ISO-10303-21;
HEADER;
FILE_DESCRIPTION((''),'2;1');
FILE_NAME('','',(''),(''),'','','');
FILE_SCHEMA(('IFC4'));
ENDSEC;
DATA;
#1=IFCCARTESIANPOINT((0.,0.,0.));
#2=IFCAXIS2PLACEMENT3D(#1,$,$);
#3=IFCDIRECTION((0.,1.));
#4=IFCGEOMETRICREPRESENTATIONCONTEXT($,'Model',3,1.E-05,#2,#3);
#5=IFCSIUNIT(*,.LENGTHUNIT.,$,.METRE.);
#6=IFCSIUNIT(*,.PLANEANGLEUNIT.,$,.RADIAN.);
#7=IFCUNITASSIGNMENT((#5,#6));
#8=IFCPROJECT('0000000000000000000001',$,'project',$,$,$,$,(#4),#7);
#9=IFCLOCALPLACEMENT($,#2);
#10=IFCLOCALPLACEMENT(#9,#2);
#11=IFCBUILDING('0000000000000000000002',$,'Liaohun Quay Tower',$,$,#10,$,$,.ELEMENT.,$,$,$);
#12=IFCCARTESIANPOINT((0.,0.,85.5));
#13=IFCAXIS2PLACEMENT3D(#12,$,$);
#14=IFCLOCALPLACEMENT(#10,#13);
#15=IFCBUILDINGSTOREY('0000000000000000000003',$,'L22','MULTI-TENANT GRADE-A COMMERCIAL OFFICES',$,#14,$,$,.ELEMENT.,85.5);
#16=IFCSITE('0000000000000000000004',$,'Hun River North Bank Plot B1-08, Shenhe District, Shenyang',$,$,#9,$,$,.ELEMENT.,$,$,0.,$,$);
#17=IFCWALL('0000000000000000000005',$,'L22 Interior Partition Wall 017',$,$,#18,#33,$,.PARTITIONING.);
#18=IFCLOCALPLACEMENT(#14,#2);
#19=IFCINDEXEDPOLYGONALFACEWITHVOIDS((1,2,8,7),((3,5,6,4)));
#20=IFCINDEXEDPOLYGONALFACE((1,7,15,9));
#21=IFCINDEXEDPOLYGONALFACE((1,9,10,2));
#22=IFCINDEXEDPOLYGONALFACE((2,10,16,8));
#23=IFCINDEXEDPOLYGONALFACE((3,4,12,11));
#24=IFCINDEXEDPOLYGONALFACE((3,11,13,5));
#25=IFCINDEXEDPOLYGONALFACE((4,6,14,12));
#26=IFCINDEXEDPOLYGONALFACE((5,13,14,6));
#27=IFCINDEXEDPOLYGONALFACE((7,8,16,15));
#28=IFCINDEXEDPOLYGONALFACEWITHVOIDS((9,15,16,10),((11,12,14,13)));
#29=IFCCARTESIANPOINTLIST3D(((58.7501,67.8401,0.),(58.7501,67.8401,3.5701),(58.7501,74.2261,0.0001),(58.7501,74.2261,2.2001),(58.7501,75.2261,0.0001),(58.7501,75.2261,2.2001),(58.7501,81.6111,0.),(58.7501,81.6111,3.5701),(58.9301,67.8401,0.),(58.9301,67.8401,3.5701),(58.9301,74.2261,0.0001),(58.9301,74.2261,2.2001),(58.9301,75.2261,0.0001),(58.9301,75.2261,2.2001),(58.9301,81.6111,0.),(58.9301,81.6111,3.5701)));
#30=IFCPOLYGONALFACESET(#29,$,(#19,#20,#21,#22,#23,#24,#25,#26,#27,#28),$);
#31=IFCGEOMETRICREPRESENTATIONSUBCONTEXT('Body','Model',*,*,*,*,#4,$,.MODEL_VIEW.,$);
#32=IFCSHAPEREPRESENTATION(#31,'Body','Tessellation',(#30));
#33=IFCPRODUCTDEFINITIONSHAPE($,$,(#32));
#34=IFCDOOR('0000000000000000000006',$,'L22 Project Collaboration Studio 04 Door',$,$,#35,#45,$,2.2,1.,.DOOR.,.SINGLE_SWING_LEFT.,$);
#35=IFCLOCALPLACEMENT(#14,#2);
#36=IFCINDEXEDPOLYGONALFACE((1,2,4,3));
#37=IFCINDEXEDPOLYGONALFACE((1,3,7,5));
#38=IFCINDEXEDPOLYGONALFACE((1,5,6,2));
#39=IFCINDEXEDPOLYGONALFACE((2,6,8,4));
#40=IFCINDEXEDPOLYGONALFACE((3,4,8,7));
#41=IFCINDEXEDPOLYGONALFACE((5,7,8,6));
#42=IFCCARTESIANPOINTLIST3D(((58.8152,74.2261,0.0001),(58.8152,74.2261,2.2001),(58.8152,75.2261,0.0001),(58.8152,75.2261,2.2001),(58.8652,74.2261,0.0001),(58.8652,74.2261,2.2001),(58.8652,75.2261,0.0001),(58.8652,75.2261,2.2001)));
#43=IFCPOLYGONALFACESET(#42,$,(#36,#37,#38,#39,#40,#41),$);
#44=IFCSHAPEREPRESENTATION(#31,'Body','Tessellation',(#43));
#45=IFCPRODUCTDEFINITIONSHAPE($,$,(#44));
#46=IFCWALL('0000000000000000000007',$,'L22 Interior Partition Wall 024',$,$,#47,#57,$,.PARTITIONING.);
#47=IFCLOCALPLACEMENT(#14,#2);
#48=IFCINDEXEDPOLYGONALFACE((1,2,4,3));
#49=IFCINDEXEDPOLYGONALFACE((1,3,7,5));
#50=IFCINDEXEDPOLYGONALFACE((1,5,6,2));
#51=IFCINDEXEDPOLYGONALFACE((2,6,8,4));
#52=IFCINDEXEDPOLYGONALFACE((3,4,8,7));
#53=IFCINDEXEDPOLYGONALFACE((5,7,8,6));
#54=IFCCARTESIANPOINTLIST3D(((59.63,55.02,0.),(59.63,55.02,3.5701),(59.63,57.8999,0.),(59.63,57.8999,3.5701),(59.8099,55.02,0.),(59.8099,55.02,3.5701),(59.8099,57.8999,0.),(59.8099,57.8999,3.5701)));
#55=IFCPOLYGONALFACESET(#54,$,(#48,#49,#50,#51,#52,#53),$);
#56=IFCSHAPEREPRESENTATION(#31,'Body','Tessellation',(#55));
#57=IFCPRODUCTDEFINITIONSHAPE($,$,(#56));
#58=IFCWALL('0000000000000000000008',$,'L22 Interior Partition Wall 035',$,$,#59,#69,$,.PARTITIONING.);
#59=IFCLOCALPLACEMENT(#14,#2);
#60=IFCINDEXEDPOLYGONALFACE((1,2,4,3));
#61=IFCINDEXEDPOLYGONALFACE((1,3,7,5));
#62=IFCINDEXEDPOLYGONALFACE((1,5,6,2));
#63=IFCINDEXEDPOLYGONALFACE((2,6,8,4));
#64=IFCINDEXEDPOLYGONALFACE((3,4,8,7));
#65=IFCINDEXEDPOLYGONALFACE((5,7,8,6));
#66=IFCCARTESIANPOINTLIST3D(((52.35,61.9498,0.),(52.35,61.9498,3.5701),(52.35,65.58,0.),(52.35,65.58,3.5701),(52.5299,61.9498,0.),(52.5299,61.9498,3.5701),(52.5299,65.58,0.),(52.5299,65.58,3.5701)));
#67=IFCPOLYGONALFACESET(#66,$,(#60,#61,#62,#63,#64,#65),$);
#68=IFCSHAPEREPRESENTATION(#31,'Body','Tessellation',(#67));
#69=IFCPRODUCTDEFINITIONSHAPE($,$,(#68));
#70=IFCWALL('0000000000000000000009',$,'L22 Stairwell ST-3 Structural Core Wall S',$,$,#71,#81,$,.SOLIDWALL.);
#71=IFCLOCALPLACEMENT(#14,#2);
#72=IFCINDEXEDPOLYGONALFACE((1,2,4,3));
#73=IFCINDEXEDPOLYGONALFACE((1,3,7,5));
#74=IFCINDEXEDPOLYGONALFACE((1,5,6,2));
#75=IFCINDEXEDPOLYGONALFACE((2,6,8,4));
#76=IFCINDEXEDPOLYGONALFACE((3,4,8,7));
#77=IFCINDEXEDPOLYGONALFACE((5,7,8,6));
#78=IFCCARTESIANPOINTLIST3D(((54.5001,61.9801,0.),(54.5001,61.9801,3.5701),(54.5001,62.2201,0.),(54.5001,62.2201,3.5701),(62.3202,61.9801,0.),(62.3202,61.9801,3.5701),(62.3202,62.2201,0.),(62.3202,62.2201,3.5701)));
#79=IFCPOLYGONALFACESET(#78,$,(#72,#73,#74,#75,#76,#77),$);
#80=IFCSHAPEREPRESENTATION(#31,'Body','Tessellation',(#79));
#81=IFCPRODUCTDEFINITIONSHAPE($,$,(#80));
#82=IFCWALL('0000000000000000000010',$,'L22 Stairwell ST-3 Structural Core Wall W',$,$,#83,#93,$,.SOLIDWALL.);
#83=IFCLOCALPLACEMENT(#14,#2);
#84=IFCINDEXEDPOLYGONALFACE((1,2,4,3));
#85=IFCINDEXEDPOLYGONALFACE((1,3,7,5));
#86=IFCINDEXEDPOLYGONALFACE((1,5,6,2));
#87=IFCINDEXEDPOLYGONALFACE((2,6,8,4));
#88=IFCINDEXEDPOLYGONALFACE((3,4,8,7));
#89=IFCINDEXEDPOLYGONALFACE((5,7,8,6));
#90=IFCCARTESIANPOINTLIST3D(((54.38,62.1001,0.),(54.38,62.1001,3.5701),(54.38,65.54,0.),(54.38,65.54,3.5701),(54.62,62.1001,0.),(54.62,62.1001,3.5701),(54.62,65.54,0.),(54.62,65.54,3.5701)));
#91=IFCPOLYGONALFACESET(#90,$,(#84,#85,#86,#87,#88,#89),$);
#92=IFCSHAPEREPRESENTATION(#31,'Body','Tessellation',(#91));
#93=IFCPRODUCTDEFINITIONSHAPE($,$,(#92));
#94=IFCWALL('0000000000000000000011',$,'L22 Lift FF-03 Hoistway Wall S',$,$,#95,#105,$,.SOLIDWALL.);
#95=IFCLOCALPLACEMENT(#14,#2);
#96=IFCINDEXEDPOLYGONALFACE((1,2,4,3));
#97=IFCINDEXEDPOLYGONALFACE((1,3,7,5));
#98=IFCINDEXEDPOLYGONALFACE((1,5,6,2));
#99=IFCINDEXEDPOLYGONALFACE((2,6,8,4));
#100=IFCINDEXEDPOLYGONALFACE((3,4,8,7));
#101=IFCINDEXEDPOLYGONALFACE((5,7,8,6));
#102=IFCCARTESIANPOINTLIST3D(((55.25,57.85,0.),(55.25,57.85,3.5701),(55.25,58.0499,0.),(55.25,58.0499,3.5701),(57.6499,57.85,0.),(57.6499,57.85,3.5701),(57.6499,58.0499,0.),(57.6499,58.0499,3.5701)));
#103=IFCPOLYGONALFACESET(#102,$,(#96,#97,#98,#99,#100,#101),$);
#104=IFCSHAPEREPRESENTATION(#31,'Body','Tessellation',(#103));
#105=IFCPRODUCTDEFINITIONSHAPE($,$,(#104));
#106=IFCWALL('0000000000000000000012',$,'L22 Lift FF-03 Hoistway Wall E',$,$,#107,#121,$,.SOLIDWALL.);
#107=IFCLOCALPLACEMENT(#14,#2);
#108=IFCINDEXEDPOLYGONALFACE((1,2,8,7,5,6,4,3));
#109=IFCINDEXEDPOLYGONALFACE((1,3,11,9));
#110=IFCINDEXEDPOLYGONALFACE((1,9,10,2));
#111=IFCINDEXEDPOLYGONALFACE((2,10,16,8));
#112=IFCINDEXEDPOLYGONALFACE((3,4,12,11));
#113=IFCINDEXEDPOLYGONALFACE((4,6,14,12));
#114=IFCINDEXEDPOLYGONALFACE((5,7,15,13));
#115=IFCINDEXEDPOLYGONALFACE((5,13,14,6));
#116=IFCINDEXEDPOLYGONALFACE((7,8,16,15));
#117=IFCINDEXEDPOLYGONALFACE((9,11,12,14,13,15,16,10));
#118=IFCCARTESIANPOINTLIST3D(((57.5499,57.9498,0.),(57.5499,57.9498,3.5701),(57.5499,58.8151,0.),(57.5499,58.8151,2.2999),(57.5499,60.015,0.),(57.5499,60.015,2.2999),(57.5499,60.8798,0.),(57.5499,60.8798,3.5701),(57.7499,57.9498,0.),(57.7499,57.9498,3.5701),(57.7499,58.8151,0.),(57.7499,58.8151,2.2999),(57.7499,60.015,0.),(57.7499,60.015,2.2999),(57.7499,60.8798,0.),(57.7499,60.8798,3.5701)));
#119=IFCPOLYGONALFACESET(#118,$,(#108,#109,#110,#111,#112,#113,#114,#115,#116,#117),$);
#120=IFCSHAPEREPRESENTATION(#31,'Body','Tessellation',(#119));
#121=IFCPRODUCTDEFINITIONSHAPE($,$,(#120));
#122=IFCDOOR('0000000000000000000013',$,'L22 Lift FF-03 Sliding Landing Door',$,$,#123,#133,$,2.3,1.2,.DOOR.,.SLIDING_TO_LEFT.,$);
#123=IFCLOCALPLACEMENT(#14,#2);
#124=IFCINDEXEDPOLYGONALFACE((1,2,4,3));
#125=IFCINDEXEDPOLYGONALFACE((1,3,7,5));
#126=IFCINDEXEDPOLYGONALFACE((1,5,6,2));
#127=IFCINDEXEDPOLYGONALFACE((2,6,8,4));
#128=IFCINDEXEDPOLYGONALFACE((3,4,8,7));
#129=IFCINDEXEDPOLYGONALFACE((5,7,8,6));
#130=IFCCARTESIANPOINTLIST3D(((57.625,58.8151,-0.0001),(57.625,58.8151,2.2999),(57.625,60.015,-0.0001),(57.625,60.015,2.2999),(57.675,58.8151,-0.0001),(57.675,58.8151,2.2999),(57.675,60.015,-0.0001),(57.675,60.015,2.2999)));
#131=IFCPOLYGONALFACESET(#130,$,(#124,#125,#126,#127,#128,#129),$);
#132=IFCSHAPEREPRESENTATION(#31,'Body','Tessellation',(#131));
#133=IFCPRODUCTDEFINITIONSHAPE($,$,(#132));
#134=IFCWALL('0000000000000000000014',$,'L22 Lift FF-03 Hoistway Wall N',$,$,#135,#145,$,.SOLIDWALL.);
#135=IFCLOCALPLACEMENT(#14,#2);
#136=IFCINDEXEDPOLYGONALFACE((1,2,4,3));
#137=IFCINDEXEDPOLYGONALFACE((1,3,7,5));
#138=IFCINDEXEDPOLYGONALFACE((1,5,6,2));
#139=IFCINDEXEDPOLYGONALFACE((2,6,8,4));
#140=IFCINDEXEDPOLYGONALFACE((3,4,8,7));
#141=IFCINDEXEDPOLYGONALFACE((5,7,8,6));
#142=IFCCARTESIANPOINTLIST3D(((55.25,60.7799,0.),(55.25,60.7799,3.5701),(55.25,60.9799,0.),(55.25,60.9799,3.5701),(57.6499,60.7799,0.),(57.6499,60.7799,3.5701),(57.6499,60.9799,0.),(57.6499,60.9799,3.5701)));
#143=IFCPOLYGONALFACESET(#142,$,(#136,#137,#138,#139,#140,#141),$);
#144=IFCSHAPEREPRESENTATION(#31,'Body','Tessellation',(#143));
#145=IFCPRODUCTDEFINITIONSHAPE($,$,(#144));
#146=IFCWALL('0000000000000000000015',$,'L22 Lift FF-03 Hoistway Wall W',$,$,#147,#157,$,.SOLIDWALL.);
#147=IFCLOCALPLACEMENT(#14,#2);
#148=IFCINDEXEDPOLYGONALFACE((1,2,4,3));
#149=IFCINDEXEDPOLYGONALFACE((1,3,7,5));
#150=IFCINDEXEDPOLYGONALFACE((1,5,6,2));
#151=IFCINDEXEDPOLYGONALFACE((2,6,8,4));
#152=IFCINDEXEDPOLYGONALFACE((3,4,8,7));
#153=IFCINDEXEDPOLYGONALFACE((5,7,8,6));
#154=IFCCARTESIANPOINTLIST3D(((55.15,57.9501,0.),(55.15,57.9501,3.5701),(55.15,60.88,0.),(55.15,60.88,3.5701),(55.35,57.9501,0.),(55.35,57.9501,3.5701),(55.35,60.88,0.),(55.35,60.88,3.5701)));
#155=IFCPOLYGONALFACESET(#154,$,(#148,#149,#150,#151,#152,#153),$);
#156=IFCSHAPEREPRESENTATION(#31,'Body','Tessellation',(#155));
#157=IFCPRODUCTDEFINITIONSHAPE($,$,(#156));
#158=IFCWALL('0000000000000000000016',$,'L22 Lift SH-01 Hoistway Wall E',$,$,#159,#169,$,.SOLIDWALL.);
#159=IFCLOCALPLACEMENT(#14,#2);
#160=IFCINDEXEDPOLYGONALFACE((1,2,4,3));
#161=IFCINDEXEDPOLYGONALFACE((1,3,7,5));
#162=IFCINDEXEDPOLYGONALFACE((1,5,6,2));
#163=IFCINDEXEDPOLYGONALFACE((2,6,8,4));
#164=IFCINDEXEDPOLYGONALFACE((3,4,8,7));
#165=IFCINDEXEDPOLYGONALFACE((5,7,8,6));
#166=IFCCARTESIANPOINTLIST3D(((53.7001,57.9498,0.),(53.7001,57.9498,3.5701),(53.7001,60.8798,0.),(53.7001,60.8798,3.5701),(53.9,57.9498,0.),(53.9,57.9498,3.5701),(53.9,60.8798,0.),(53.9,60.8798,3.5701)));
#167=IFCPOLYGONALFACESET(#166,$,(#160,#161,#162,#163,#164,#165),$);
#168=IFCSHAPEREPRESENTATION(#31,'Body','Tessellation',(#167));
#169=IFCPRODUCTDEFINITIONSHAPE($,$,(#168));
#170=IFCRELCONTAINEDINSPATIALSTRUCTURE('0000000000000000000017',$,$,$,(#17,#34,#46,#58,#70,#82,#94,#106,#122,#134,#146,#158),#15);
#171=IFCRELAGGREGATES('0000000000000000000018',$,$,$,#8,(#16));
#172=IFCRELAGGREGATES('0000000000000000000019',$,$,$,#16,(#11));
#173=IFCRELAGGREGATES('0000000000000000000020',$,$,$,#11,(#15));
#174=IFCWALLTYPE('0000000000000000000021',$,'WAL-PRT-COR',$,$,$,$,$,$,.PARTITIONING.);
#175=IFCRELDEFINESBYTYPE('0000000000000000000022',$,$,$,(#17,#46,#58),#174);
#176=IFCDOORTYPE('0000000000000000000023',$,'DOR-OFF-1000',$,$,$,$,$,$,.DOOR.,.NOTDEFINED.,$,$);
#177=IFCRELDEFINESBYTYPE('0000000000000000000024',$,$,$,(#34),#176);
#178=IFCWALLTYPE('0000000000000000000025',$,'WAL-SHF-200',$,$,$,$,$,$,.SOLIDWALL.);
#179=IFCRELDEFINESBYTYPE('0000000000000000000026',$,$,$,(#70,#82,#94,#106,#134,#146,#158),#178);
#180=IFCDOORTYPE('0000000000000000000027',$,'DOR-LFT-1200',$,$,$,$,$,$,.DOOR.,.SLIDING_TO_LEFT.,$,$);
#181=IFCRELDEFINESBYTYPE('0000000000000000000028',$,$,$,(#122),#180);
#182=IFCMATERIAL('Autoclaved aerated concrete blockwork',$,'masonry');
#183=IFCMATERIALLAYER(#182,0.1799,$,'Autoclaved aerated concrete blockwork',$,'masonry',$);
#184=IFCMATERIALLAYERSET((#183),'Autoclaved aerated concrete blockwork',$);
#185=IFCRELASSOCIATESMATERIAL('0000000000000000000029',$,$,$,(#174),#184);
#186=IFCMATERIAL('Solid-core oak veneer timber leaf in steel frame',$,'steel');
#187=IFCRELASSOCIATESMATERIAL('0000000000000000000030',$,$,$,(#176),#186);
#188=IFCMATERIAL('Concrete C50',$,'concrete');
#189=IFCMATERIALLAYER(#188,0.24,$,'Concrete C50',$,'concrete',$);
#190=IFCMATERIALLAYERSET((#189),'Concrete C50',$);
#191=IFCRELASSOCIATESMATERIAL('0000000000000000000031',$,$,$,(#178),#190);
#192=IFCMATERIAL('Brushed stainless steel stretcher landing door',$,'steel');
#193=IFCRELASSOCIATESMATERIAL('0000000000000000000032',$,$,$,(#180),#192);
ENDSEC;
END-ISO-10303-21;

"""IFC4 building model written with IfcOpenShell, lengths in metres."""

from ifc_helpers import new_model, si_unit, direction, frame, frame_2d, origin, place, context, subcontext, project, spatial, rectangle, extrude, source, transform, mapped, material, layer, layer_set, type_object, element, fill, save


model = new_model("IFC4")

# Units and contexts
model_context = context("Model", 3, precision=1e-05, world=origin(), true_north=direction((0.0, 1.0)))
body_context = subcontext(model_context, "Body", "Model", "MODEL_VIEW")
ifc_project = project(units=[si_unit("LENGTHUNIT", "METRE"), si_unit("PLANEANGLEUNIT", "RADIAN")], contexts=[model_context])

# Site, building, storey
site_placement = place(None, origin())
site = spatial("IfcSite", under=ifc_project, at=site_placement, Name="Hun River North Bank Plot B1-08, Shenhe District, Shenyang", CompositionType="ELEMENT", RefElevation=0.0)
building_placement = place(site_placement, origin())
building = spatial("IfcBuilding", under=site, at=building_placement, Name="Liaohun Quay Tower", CompositionType="ELEMENT")
storey_placement = place(building_placement, frame((0.0, 0.0, 85.5)))
storey = spatial("IfcBuildingStorey", under=building, at=storey_placement, Name="L22", Description="MULTI-TENANT GRADE-A COMMERCIAL OFFICES", CompositionType="ELEMENT", Elevation=85.5)

# Wall, opening, door
ifc_material_1 = material(Name="Autoclaved aerated concrete blockwork", Category="masonry")
ifc_layer_1 = layer(ifc_material_1, 0.1799, Name="Autoclaved aerated concrete blockwork", Category="masonry")
ifc_layer_set_1 = layer_set([ifc_layer_1], Name="Autoclaved aerated concrete blockwork")
wall_type_1 = type_object("IfcWallType", Name="WAL-PRT-COR", PredefinedType="PARTITIONING", material=ifc_layer_set_1)
wall_1_placement = place(storey_placement, frame((58.8401, 67.8401, 0.0), z_axis=(0.0, 0.0, 1.0), x_axis=(0.0, 1.0, 0.0)))
wall_1 = element("IfcWall", 1, at=wall_1_placement, inside=storey, type_object=wall_type_1, Name="L22 Interior Partition Wall 017", PredefinedType="PARTITIONING", context=body_context, shape_type="SweptSolid", body=[
    extrude(rectangle(XDim=13.771, YDim=0.1799, at=frame_2d((6.8855, 0.0))), origin(), (0.0, 0.0, 1.0), 3.5701),
])
shared_shape_1 = source(origin(), body_context, "Body", "SweptSolid", [
    extrude(rectangle(XDim=1.0, YDim=2.2, at=frame_2d((0.5, 1.1001))), frame((0.0, 0.0999, 0.0), z_axis=(0.0, -1.0, 0.0), x_axis=(1.0, 0.0, 0.0)), (0.0, 0.0, 1.0), 0.2),
])
opening_1_placement = place(wall_1_placement, frame((6.386, 0.0, 0.0)))
opening_1 = element("IfcOpeningElement", 2, at=opening_1_placement, cuts=wall_1, PredefinedType="OPENING", context=body_context, shape_type="MappedRepresentation", body=[
    mapped(shared_shape_1, transform((0.0, 0.0, 0.0), x_axis=(1.0, 0.0, 0.0), y_axis=(0.0, 1.0, 0.0), z_axis=(0.0, 0.0, 1.0), scale=1.0)),
])
ifc_material_2 = material(Name="Solid-core oak veneer timber leaf in steel frame", Category="steel")
door_type_1 = type_object("IfcDoorType", Name="DOR-OFF-1000", OperationType="NOTDEFINED", PredefinedType="DOOR", material=ifc_material_2)
shared_shape_2 = source(origin(), body_context, "Body", "SweptSolid", [
    extrude(rectangle(XDim=1.0, YDim=2.2, at=frame_2d((0.5, 1.1001))), frame((0.0, 0.0249, 0.0), z_axis=(0.0, -1.0, 0.0), x_axis=(1.0, 0.0, 0.0)), (0.0, 0.0, 1.0), 0.05),
])
door_1_placement = place(opening_1_placement, origin())
door_1 = element("IfcDoor", 3, at=door_1_placement, inside=storey, type_object=door_type_1, Name="L22 Project Collaboration Studio 04 Door", OperationType="SINGLE_SWING_LEFT", OverallHeight=2.2, OverallWidth=1.0, PredefinedType="DOOR", context=body_context, shape_type="MappedRepresentation", body=[
    mapped(shared_shape_2, transform((0.0, 0.0, 0.0), x_axis=(1.0, 0.0, 0.0), y_axis=(0.0, 1.0, 0.0), z_axis=(0.0, 0.0, 1.0), scale=1.0)),
])
fill(opening_1, door_1)

# Walls
wall_2_placement = place(storey_placement, frame((59.72, 55.02, 0.0), z_axis=(0.0, 0.0, 1.0), x_axis=(0.0, 1.0, 0.0)))
element("IfcWall", 4, at=wall_2_placement, inside=storey, type_object=wall_type_1, Name="L22 Interior Partition Wall 024", PredefinedType="PARTITIONING", context=body_context, shape_type="SweptSolid", body=[
    extrude(rectangle(XDim=2.8799, YDim=0.1799, at=frame_2d((1.4399, 0.0))), origin(), (0.0, 0.0, 1.0), 3.5701),
])
wall_3_placement = place(storey_placement, frame((52.4399, 61.95, 0.0), z_axis=(0.0, 0.0, 1.0), x_axis=(0.0, 1.0, 0.0)))
element("IfcWall", 5, at=wall_3_placement, inside=storey, type_object=wall_type_1, Name="L22 Interior Partition Wall 035", PredefinedType="PARTITIONING", context=body_context, shape_type="SweptSolid", body=[
    extrude(rectangle(XDim=3.6301, YDim=0.1799, at=frame_2d((1.8149, 0.0))), origin(), (0.0, 0.0, 1.0), 3.5701),
])
ifc_material_3 = material(Name="Concrete C50", Category="concrete")
ifc_layer_2 = layer(ifc_material_3, 0.24, Name="Concrete C50", Category="concrete")
ifc_layer_set_2 = layer_set([ifc_layer_2], Name="Concrete C50")
wall_type_2 = type_object("IfcWallType", Name="WAL-SHF-200", PredefinedType="SOLIDWALL", material=ifc_layer_set_2)
wall_4_placement = place(storey_placement, frame((54.5, 62.1001, 0.0), z_axis=(0.0, 0.0, 1.0), x_axis=(1.0, 0.0, 0.0)))
element("IfcWall", 6, at=wall_4_placement, inside=storey, type_object=wall_type_2, Name="L22 Stairwell ST-3 Structural Core Wall S", PredefinedType="SOLIDWALL", context=body_context, shape_type="SweptSolid", body=[
    extrude(rectangle(XDim=7.8201, YDim=0.24, at=frame_2d((3.9102, 0.0))), origin(), (0.0, 0.0, 1.0), 3.5701),
])
wall_5_placement = place(storey_placement, frame((54.5, 65.54, 0.0), z_axis=(0.0, 0.0, 1.0), x_axis=(0.0, -1.0, 0.0)))
element("IfcWall", 7, at=wall_5_placement, inside=storey, type_object=wall_type_2, Name="L22 Stairwell ST-3 Structural Core Wall W", PredefinedType="SOLIDWALL", context=body_context, shape_type="SweptSolid", body=[
    extrude(rectangle(XDim=3.4399, YDim=0.24, at=frame_2d((1.72, 0.0))), origin(), (0.0, 0.0, 1.0), 3.5701),
])
wall_6_placement = place(storey_placement, frame((55.25, 57.95, 0.0), z_axis=(0.0, 0.0, 1.0), x_axis=(1.0, 0.0, 0.0)))
element("IfcWall", 8, at=wall_6_placement, inside=storey, type_object=wall_type_2, Name="L22 Lift FF-03 Hoistway Wall S", PredefinedType="SOLIDWALL", context=body_context, shape_type="SweptSolid", body=[
    extrude(rectangle(XDim=2.3999, YDim=0.2, at=frame_2d((1.2, 0.0))), origin(), (0.0, 0.0, 1.0), 3.5701),
])

# Wall, opening, door
wall_7_placement = place(storey_placement, frame((57.6499, 57.95, 0.0), z_axis=(0.0, 0.0, 1.0), x_axis=(0.0, 1.0, 0.0)))
wall_7 = element("IfcWall", 9, at=wall_7_placement, inside=storey, type_object=wall_type_2, Name="L22 Lift FF-03 Hoistway Wall E", PredefinedType="SOLIDWALL", context=body_context, shape_type="SweptSolid", body=[
    extrude(rectangle(XDim=2.9299, YDim=0.2, at=frame_2d((1.4648, 0.0))), origin(), (0.0, 0.0, 1.0), 3.5701),
])
shared_shape_3 = source(origin(), body_context, "Body", "SweptSolid", [
    extrude(rectangle(XDim=1.2, YDim=2.3, at=frame_2d((0.6001, 1.1499))), frame((0.0, 0.1099, 0.0), z_axis=(0.0, -1.0, 0.0), x_axis=(1.0, 0.0, 0.0)), (0.0, 0.0, 1.0), 0.22),
])
opening_2_placement = place(wall_7_placement, frame((0.865, 0.0, 0.0)))
opening_2 = element("IfcOpeningElement", 10, at=opening_2_placement, cuts=wall_7, PredefinedType="OPENING", context=body_context, shape_type="MappedRepresentation", body=[
    mapped(shared_shape_3, transform((0.0, 0.0, 0.0), x_axis=(1.0, 0.0, 0.0), y_axis=(0.0, 1.0, 0.0), z_axis=(0.0, 0.0, 1.0), scale=1.0)),
])
ifc_material_4 = material(Name="Brushed stainless steel stretcher landing door", Category="steel")
door_type_2 = type_object("IfcDoorType", Name="DOR-LFT-1200", OperationType="SLIDING_TO_LEFT", PredefinedType="DOOR", material=ifc_material_4)
shared_shape_4 = source(origin(), body_context, "Body", "SweptSolid", [
    extrude(rectangle(XDim=1.2, YDim=2.3, at=frame_2d((0.6001, 1.1499))), frame((0.0, 0.0249, 0.0), z_axis=(0.0, -1.0, 0.0), x_axis=(1.0, 0.0, 0.0)), (0.0, 0.0, 1.0), 0.05),
])
door_2_placement = place(opening_2_placement, origin())
door_2 = element("IfcDoor", 11, at=door_2_placement, inside=storey, type_object=door_type_2, Name="L22 Lift FF-03 Sliding Landing Door", OperationType="SLIDING_TO_LEFT", OverallHeight=2.3, OverallWidth=1.2, PredefinedType="DOOR", context=body_context, shape_type="MappedRepresentation", body=[
    mapped(shared_shape_4, transform((0.0, 0.0, 0.0), x_axis=(1.0, 0.0, 0.0), y_axis=(0.0, 1.0, 0.0), z_axis=(0.0, 0.0, 1.0), scale=1.0)),
])
fill(opening_2, door_2)

# Walls
wall_8_placement = place(storey_placement, frame((57.6499, 60.8799, 0.0), z_axis=(0.0, 0.0, 1.0), x_axis=(-1.0, 0.0, 0.0)))
element("IfcWall", 12, at=wall_8_placement, inside=storey, type_object=wall_type_2, Name="L22 Lift FF-03 Hoistway Wall N", PredefinedType="SOLIDWALL", context=body_context, shape_type="SweptSolid", body=[
    extrude(rectangle(XDim=2.3999, YDim=0.2, at=frame_2d((1.2, 0.0))), origin(), (0.0, 0.0, 1.0), 3.5701),
])
for number, where, z_axis, x_axis, name in (
    (13, (55.25, 60.8799, 0.0), (0.0, 0.0, 1.0), (0.0, -1.0, 0.0), "L22 Lift FF-03 Hoistway Wall W"),
    (14, (53.8, 57.95, 0.0), (0.0, 0.0, 1.0), (0.0, 1.0, 0.0), "L22 Lift SH-01 Hoistway Wall E"),
):
    element("IfcWall", number, at=place(storey_placement, frame(where, z_axis=z_axis, x_axis=x_axis)), inside=storey, type_object=wall_type_2, Name=name, PredefinedType="SOLIDWALL", context=body_context, shape_type="SweptSolid", body=[
        extrude(rectangle(XDim=2.9299, YDim=0.2, at=frame_2d((1.4648, 0.0))), origin(), (0.0, 0.0, 1.0), 3.5701),
    ])

save(model, "model.ifc")
